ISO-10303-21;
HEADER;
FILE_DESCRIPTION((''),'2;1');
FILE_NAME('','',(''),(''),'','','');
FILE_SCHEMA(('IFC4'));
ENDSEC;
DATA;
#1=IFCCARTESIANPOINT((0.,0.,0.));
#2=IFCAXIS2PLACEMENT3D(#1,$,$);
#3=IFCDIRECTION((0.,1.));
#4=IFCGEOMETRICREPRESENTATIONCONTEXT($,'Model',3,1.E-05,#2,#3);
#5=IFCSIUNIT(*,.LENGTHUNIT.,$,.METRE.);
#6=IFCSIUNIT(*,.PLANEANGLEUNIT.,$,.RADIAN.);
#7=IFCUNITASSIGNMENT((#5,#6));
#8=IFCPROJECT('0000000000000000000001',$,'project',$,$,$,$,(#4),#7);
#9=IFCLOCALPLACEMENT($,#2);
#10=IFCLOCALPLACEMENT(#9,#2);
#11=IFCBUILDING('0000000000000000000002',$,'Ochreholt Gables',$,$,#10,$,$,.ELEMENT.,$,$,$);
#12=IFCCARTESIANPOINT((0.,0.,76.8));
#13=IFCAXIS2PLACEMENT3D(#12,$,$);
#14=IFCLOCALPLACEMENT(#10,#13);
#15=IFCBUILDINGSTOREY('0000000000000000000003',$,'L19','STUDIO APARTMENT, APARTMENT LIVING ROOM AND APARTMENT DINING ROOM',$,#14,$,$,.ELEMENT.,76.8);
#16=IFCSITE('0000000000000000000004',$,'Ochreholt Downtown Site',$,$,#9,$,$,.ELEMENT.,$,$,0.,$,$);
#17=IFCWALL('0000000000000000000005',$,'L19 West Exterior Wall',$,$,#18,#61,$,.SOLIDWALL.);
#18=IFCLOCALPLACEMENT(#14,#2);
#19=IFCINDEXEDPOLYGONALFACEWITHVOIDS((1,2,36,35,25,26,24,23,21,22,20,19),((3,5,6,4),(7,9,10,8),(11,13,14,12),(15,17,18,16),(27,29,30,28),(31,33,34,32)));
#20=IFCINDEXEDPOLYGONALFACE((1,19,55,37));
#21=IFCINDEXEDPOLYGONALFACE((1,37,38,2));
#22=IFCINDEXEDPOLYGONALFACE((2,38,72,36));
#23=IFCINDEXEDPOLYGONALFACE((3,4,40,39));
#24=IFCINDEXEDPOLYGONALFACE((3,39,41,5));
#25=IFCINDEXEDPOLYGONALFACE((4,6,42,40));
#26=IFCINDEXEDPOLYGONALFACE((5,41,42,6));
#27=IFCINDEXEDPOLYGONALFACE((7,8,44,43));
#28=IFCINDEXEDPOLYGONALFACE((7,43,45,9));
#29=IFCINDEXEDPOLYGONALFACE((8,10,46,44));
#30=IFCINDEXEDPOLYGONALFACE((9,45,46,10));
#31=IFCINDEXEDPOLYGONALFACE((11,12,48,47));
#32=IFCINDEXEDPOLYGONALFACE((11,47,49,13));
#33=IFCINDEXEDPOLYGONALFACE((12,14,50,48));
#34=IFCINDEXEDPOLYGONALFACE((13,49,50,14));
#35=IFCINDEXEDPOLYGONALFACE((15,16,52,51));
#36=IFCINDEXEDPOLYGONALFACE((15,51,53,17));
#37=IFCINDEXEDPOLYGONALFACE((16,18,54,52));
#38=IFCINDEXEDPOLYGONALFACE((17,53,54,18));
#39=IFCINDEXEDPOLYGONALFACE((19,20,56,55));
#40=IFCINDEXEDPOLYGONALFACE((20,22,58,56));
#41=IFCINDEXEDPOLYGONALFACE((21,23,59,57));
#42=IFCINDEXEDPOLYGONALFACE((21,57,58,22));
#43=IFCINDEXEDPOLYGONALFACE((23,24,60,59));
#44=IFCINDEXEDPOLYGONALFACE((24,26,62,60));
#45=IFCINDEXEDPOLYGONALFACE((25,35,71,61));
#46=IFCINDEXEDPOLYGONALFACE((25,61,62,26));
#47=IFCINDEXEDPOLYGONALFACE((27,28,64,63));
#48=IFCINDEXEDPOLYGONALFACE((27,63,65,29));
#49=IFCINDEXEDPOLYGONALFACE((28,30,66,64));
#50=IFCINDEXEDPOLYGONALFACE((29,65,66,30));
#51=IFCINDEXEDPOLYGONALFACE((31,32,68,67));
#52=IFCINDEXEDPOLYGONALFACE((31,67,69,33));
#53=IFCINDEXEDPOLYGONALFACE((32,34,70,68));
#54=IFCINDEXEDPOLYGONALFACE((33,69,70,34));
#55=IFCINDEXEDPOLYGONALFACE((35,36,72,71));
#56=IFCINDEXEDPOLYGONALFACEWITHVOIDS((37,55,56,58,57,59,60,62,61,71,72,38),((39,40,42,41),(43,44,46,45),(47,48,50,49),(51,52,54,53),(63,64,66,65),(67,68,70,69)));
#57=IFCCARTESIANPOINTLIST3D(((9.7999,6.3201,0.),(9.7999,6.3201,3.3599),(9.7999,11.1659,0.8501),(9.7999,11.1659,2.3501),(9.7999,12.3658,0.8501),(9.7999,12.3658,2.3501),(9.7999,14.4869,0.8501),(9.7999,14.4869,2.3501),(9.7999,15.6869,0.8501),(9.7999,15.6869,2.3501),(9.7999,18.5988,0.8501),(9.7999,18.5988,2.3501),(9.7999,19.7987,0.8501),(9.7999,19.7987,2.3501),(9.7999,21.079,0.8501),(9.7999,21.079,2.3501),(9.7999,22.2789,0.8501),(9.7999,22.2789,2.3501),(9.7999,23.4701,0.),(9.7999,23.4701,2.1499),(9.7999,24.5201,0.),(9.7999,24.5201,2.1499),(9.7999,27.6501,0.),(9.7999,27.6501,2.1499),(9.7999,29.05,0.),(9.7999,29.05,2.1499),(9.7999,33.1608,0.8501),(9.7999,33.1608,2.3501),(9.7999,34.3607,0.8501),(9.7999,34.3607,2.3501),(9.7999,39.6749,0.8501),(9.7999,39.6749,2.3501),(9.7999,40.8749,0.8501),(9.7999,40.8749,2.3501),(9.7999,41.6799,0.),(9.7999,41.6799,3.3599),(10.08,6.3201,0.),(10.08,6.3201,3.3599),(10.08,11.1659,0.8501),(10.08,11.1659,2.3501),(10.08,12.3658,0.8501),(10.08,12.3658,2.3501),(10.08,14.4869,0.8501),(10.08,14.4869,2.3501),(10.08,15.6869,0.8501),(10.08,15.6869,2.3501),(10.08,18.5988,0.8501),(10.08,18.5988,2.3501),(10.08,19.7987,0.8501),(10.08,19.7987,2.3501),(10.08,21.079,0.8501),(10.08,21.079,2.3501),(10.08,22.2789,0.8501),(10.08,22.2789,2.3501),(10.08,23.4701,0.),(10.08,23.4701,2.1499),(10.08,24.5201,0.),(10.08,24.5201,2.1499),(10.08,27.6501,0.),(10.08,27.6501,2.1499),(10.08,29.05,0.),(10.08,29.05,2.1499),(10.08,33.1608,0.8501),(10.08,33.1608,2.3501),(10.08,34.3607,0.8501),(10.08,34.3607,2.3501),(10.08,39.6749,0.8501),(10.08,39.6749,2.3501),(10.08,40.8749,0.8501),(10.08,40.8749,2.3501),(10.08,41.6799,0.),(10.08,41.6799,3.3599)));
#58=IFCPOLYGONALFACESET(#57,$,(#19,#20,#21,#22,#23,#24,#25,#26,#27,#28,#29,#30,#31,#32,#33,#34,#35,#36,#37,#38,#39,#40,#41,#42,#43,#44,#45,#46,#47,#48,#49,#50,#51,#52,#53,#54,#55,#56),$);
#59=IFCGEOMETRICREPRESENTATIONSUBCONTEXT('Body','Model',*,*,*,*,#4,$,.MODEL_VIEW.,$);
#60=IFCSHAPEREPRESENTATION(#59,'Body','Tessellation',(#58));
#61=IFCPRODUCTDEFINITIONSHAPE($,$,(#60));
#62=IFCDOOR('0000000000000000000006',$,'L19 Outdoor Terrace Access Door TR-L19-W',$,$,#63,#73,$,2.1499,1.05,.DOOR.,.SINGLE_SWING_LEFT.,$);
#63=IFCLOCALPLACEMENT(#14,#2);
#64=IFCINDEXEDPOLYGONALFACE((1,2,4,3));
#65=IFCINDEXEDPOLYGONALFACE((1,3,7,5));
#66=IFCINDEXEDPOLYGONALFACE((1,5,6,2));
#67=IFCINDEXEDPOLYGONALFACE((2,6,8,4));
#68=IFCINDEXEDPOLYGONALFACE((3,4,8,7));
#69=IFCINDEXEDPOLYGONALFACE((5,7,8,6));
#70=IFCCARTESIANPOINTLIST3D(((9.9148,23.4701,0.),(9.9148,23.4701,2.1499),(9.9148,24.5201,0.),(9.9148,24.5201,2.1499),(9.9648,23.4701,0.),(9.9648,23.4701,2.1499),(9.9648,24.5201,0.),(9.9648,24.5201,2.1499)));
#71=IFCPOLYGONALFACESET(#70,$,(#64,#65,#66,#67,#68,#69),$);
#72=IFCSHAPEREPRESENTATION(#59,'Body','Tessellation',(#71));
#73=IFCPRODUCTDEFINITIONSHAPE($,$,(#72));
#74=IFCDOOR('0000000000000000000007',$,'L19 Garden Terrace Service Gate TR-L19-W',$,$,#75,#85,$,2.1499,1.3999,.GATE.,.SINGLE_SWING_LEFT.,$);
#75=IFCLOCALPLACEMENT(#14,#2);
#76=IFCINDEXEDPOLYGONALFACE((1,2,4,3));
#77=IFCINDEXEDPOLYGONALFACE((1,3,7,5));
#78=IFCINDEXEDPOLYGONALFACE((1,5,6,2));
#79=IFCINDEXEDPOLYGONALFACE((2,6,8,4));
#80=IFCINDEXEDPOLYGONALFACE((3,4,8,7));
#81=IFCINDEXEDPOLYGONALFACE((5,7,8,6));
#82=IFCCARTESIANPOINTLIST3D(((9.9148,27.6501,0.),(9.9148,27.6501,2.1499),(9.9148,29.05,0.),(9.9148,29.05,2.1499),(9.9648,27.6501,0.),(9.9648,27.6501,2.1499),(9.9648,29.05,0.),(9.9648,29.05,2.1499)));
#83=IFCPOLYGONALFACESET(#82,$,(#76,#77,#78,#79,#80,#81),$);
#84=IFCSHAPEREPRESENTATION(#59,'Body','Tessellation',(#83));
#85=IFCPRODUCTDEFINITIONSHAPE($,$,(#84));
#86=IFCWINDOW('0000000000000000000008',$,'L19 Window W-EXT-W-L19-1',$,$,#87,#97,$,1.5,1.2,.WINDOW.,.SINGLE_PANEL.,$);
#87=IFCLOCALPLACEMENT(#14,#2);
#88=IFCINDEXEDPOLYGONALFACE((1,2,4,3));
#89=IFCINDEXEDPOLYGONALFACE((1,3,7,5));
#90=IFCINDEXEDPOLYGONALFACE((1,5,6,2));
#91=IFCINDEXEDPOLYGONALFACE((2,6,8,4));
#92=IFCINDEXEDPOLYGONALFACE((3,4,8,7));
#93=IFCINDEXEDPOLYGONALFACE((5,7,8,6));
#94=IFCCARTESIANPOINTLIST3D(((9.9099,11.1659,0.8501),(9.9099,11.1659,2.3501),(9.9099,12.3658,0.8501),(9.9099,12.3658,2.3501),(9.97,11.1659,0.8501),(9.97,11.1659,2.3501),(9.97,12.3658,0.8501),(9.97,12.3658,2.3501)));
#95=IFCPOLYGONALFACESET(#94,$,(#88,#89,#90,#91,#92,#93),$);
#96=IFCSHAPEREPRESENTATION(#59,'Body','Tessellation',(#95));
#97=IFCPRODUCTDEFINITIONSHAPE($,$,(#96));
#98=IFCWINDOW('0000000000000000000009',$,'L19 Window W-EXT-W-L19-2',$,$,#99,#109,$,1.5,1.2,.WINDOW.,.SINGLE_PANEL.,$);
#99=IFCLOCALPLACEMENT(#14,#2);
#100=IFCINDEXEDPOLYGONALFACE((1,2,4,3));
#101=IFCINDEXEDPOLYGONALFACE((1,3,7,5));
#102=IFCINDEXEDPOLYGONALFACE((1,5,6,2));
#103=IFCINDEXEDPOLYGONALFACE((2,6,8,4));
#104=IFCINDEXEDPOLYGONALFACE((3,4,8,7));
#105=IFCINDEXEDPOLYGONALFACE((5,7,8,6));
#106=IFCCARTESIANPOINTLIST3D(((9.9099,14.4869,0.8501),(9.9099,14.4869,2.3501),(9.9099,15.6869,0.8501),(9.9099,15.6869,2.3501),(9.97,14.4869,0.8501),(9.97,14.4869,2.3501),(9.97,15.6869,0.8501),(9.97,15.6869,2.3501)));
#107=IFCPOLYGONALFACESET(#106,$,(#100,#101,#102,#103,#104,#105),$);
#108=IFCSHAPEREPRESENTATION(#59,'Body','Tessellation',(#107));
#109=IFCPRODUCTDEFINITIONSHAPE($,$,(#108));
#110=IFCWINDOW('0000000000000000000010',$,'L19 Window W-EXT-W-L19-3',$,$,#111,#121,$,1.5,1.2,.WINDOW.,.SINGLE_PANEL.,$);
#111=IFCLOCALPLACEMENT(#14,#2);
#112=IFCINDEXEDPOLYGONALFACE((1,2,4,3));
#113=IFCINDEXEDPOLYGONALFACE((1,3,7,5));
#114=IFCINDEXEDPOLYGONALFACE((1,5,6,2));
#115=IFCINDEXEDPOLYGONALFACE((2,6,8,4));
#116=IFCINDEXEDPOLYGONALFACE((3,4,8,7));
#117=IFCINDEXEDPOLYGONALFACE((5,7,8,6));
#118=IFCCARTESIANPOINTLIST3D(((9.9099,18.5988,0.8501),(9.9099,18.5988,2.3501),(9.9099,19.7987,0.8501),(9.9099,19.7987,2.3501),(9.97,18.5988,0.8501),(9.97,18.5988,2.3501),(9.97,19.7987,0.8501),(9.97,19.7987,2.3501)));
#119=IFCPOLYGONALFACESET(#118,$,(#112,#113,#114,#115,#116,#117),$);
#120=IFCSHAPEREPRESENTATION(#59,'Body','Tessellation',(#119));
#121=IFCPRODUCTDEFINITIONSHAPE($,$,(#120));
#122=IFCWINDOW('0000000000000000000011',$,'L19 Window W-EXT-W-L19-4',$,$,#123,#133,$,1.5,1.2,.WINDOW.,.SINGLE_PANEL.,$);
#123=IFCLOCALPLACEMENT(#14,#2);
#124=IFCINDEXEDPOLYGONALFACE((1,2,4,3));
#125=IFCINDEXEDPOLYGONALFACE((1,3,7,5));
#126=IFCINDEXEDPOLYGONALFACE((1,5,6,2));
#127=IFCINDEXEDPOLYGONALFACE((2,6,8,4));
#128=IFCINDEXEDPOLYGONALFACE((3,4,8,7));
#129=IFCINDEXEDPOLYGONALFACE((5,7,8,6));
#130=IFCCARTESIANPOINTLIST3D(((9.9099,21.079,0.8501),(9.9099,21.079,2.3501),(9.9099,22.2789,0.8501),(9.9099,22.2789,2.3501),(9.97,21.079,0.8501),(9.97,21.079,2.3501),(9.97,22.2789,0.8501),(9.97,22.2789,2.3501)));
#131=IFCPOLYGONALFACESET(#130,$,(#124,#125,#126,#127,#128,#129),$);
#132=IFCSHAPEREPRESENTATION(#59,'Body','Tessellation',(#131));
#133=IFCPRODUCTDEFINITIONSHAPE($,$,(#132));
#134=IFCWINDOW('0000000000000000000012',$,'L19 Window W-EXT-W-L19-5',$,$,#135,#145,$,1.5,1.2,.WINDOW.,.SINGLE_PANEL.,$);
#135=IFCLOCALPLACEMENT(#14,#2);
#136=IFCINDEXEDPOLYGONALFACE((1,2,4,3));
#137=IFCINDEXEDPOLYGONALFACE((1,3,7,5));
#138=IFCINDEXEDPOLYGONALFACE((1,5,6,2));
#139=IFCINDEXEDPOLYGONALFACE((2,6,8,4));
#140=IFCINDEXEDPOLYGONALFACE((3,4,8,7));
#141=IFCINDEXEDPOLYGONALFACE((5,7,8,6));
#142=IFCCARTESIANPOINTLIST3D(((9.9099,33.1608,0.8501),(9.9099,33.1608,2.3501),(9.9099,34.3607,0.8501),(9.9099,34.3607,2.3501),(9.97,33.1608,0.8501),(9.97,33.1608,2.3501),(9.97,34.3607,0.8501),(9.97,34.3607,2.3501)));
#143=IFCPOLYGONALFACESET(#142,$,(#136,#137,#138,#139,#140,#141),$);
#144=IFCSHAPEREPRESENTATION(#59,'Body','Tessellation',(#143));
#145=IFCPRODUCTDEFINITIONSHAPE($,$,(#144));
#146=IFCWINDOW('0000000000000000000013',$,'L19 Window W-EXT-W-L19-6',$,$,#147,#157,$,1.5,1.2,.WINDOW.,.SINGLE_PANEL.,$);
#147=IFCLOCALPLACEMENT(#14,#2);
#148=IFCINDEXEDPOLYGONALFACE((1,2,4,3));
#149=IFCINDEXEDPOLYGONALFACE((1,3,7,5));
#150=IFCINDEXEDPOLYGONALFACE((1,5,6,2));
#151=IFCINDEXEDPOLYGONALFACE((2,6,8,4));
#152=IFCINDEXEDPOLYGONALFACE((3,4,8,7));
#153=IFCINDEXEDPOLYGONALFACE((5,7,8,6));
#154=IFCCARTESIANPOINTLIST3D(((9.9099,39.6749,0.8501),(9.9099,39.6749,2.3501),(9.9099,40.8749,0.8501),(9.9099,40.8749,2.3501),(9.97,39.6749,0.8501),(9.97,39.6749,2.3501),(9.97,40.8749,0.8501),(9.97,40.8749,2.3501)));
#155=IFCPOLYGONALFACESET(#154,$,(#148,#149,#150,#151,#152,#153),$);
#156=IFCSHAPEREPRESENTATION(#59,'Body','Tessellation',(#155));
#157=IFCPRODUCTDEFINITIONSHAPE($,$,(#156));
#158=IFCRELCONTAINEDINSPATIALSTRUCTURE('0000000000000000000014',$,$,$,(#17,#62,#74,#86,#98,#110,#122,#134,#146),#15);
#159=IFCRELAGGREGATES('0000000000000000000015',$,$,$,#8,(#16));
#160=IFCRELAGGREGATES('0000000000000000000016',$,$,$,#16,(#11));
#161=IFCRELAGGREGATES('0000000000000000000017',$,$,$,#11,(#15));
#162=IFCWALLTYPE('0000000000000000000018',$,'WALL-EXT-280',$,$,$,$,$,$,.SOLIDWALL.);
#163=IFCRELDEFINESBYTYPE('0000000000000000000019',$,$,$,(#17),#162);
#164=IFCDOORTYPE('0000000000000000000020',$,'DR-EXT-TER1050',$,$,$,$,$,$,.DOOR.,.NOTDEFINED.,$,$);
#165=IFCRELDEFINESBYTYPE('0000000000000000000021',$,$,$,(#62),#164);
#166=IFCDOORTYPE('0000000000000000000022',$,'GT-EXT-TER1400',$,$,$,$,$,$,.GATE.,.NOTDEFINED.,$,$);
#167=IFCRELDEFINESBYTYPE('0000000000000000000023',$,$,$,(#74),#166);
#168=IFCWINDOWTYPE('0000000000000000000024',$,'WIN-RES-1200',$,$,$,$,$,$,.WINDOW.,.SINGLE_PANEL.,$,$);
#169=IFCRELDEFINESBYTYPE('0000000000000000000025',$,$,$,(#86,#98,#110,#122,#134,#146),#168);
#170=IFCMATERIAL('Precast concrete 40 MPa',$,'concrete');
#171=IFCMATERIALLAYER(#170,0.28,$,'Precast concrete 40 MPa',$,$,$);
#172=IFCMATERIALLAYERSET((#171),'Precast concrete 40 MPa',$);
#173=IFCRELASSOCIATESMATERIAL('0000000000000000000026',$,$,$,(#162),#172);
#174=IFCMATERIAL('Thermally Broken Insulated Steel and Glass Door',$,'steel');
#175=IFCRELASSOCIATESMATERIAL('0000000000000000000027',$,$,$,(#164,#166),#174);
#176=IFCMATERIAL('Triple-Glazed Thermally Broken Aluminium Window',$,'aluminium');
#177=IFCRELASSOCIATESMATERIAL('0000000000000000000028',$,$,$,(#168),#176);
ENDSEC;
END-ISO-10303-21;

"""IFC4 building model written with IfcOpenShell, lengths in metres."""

from ifc_helpers import new_model, si_unit, direction, frame, frame_2d, origin, place, context, subcontext, project, spatial, rectangle, extrude, material, layer, layer_set, type_object, element, fill, save


model = new_model("IFC4")

# Units and contexts
model_context = context("Model", 3, precision=1e-05, world=origin(), true_north=direction((0.0, 1.0)))
body_context = subcontext(model_context, "Body", "Model", "MODEL_VIEW")
ifc_project = project(units=[si_unit("LENGTHUNIT", "METRE"), si_unit("PLANEANGLEUNIT", "RADIAN")], contexts=[model_context])

# Site, building, storey
site_placement = place(None, origin())
site = spatial("IfcSite", under=ifc_project, at=site_placement, Name="Ochreholt Downtown Site", CompositionType="ELEMENT", RefElevation=0.0)
building_placement = place(site_placement, origin())
building = spatial("IfcBuilding", under=site, at=building_placement, Name="Ochreholt Gables", CompositionType="ELEMENT")
storey_placement = place(building_placement, frame((0.0, 0.0, 76.8)))
storey = spatial("IfcBuildingStorey", under=building, at=storey_placement, Name="L19", Description="STUDIO APARTMENT, APARTMENT LIVING ROOM AND APARTMENT DINING ROOM", CompositionType="ELEMENT", Elevation=76.8)

# Wall, openings, doors, windows
ifc_material_1 = material(Name="Precast concrete 40 MPa", Category="concrete")
ifc_layer_1 = layer(ifc_material_1, 0.28, Name="Precast concrete 40 MPa")
ifc_layer_set_1 = layer_set([ifc_layer_1], Name="Precast concrete 40 MPa")
wall_type_1 = type_object("IfcWallType", Name="WALL-EXT-280", PredefinedType="SOLIDWALL", material=ifc_layer_set_1)
wall_1_placement = place(storey_placement, frame((9.9399, 41.6799, 0.0), z_axis=(0.0, 0.0, 1.0), x_axis=(0.0, -1.0, 0.0)))
wall_1 = element("IfcWall", 1, at=wall_1_placement, inside=storey, type_object=wall_type_1, Name="L19 West Exterior Wall", PredefinedType="SOLIDWALL", context=body_context, shape_type="SweptSolid", body=[
    extrude(rectangle(XDim=35.3599, YDim=0.28, at=frame_2d((17.6799, 0.0))), origin(), (0.0, 0.0, 1.0), 3.3599),
])
opening_1_placement = place(wall_1_placement, frame((17.1599, 0.0, 0.0)))
opening_1 = element("IfcOpeningElement", 2, at=opening_1_placement, cuts=wall_1, PredefinedType="OPENING", context=body_context, shape_type="SweptSolid", body=[
    extrude(rectangle(XDim=1.05, YDim=2.1499, at=frame_2d((0.5249, 1.075))), frame((0.0, 0.1499, 0.0), z_axis=(0.0, -1.0, 0.0), x_axis=(1.0, 0.0, 0.0)), (0.0, 0.0, 1.0), 0.3),
])
opening_2_placement = place(wall_1_placement, frame((12.6299, 0.0, 0.0)))
opening_2 = element("IfcOpeningElement", 3, at=opening_2_placement, cuts=wall_1, PredefinedType="OPENING", context=body_context, shape_type="SweptSolid", body=[
    extrude(rectangle(XDim=1.3999, YDim=2.1499, at=frame_2d((0.7, 1.075))), frame((0.0, 0.1499, 0.0), z_axis=(0.0, -1.0, 0.0), x_axis=(1.0, 0.0, 0.0)), (0.0, 0.0, 1.0), 0.3),
])
opening_3_placement = place(wall_1_placement, frame((29.314, 0.0, 0.8501)))
opening_3 = element("IfcOpeningElement", 4, at=opening_3_placement, cuts=wall_1, PredefinedType="OPENING", context=body_context, shape_type="SweptSolid", body=[
    extrude(rectangle(XDim=1.2, YDim=1.5, at=frame_2d((0.6001, 0.75))), frame((0.0, 0.1499, 0.0), z_axis=(0.0, -1.0, 0.0), x_axis=(1.0, 0.0, 0.0)), (0.0, 0.0, 1.0), 0.3),
])
opening_4_placement = place(wall_1_placement, frame((25.9929, 0.0, 0.8501)))
opening_4 = element("IfcOpeningElement", 5, at=opening_4_placement, cuts=wall_1, PredefinedType="OPENING", context=body_context, shape_type="SweptSolid", body=[
    extrude(rectangle(XDim=1.2, YDim=1.5, at=frame_2d((0.6001, 0.75))), frame((0.0, 0.1499, 0.0), z_axis=(0.0, -1.0, 0.0), x_axis=(1.0, 0.0, 0.0)), (0.0, 0.0, 1.0), 0.3),
])
opening_5_placement = place(wall_1_placement, frame((21.8811, 0.0, 0.8501)))
opening_5 = element("IfcOpeningElement", 6, at=opening_5_placement, cuts=wall_1, PredefinedType="OPENING", context=body_context, shape_type="SweptSolid", body=[
    extrude(rectangle(XDim=1.2, YDim=1.5, at=frame_2d((0.6001, 0.75))), frame((0.0, 0.1499, 0.0), z_axis=(0.0, -1.0, 0.0), x_axis=(1.0, 0.0, 0.0)), (0.0, 0.0, 1.0), 0.3),
])
opening_6_placement = place(wall_1_placement, frame((19.4009, 0.0, 0.8501)))
opening_6 = element("IfcOpeningElement", 7, at=opening_6_placement, cuts=wall_1, PredefinedType="OPENING", context=body_context, shape_type="SweptSolid", body=[
    extrude(rectangle(XDim=1.2, YDim=1.5, at=frame_2d((0.6001, 0.75))), frame((0.0, 0.1499, 0.0), z_axis=(0.0, -1.0, 0.0), x_axis=(1.0, 0.0, 0.0)), (0.0, 0.0, 1.0), 0.3),
])
opening_7_placement = place(wall_1_placement, frame((7.3191, 0.0, 0.8501)))
opening_7 = element("IfcOpeningElement", 8, at=opening_7_placement, cuts=wall_1, PredefinedType="OPENING", context=body_context, shape_type="SweptSolid", body=[
    extrude(rectangle(XDim=1.2, YDim=1.5, at=frame_2d((0.6001, 0.75))), frame((0.0, 0.1499, 0.0), z_axis=(0.0, -1.0, 0.0), x_axis=(1.0, 0.0, 0.0)), (0.0, 0.0, 1.0), 0.3),
])
opening_8_placement = place(wall_1_placement, frame((0.8049, 0.0, 0.8501)))
opening_8 = element("IfcOpeningElement", 9, at=opening_8_placement, cuts=wall_1, PredefinedType="OPENING", context=body_context, shape_type="SweptSolid", body=[
    extrude(rectangle(XDim=1.2, YDim=1.5, at=frame_2d((0.6001, 0.75))), frame((0.0, 0.1499, 0.0), z_axis=(0.0, -1.0, 0.0), x_axis=(1.0, 0.0, 0.0)), (0.0, 0.0, 1.0), 0.3),
])
ifc_material_2 = material(Name="Thermally Broken Insulated Steel and Glass Door", Category="steel")
door_type_1 = type_object("IfcDoorType", Name="DR-EXT-TER1050", OperationType="NOTDEFINED", PredefinedType="DOOR", material=ifc_material_2)
door_1_placement = place(opening_1_placement, origin())
door_1 = element("IfcDoor", 10, at=door_1_placement, inside=storey, type_object=door_type_1, Name="L19 Outdoor Terrace Access Door TR-L19-W", OperationType="SINGLE_SWING_LEFT", OverallHeight=2.1499, OverallWidth=1.05, PredefinedType="DOOR", context=body_context, shape_type="SweptSolid", body=[
    extrude(rectangle(XDim=1.05, YDim=2.1499, at=frame_2d((0.5249, 1.075))), frame((0.0, 0.0249, 0.0), z_axis=(0.0, -1.0, 0.0), x_axis=(1.0, 0.0, 0.0)), (0.0, 0.0, 1.0), 0.05),
])
fill(opening_1, door_1)
door_type_2 = type_object("IfcDoorType", Name="GT-EXT-TER1400", OperationType="NOTDEFINED", PredefinedType="GATE", material=ifc_material_2)
door_2_placement = place(opening_2_placement, origin())
door_2 = element("IfcDoor", 11, at=door_2_placement, inside=storey, type_object=door_type_2, Name="L19 Garden Terrace Service Gate TR-L19-W", OperationType="SINGLE_SWING_LEFT", OverallHeight=2.1499, OverallWidth=1.3999, PredefinedType="GATE", context=body_context, shape_type="SweptSolid", body=[
    extrude(rectangle(XDim=1.3999, YDim=2.1499, at=frame_2d((0.7, 1.075))), frame((0.0, 0.0249, 0.0), z_axis=(0.0, -1.0, 0.0), x_axis=(1.0, 0.0, 0.0)), (0.0, 0.0, 1.0), 0.05),
])
fill(opening_2, door_2)
ifc_material_3 = material(Name="Triple-Glazed Thermally Broken Aluminium Window", Category="aluminium")
window_type = type_object("IfcWindowType", Name="WIN-RES-1200", PartitioningType="SINGLE_PANEL", PredefinedType="WINDOW", material=ifc_material_3)
window_1_placement = place(opening_3_placement, origin())
window_1 = element("IfcWindow", 12, at=window_1_placement, inside=storey, type_object=window_type, Name="L19 Window W-EXT-W-L19-1", OverallHeight=1.5, OverallWidth=1.2, PartitioningType="SINGLE_PANEL", PredefinedType="WINDOW", context=body_context, shape_type="SweptSolid", body=[
    extrude(rectangle(XDim=1.2, YDim=1.5, at=frame_2d((0.6001, 0.75))), frame((0.0, 0.03, 0.0), z_axis=(0.0, -1.0, 0.0), x_axis=(1.0, 0.0, 0.0)), (0.0, 0.0, 1.0), 0.0601),
])
fill(opening_3, window_1)
window_2_placement = place(opening_4_placement, origin())
window_2 = element("IfcWindow", 13, at=window_2_placement, inside=storey, type_object=window_type, Name="L19 Window W-EXT-W-L19-2", OverallHeight=1.5, OverallWidth=1.2, PartitioningType="SINGLE_PANEL", PredefinedType="WINDOW", context=body_context, shape_type="SweptSolid", body=[
    extrude(rectangle(XDim=1.2, YDim=1.5, at=frame_2d((0.6001, 0.75))), frame((0.0, 0.03, 0.0), z_axis=(0.0, -1.0, 0.0), x_axis=(1.0, 0.0, 0.0)), (0.0, 0.0, 1.0), 0.0601),
])
fill(opening_4, window_2)
window_3_placement = place(opening_5_placement, origin())
window_3 = element("IfcWindow", 14, at=window_3_placement, inside=storey, type_object=window_type, Name="L19 Window W-EXT-W-L19-3", OverallHeight=1.5, OverallWidth=1.2, PartitioningType="SINGLE_PANEL", PredefinedType="WINDOW", context=body_context, shape_type="SweptSolid", body=[
    extrude(rectangle(XDim=1.2, YDim=1.5, at=frame_2d((0.6001, 0.75))), frame((0.0, 0.03, 0.0), z_axis=(0.0, -1.0, 0.0), x_axis=(1.0, 0.0, 0.0)), (0.0, 0.0, 1.0), 0.0601),
])
fill(opening_5, window_3)
window_4_placement = place(opening_6_placement, origin())
window_4 = element("IfcWindow", 15, at=window_4_placement, inside=storey, type_object=window_type, Name="L19 Window W-EXT-W-L19-4", OverallHeight=1.5, OverallWidth=1.2, PartitioningType="SINGLE_PANEL", PredefinedType="WINDOW", context=body_context, shape_type="SweptSolid", body=[
    extrude(rectangle(XDim=1.2, YDim=1.5, at=frame_2d((0.6001, 0.75))), frame((0.0, 0.03, 0.0), z_axis=(0.0, -1.0, 0.0), x_axis=(1.0, 0.0, 0.0)), (0.0, 0.0, 1.0), 0.0601),
])
fill(opening_6, window_4)
window_5_placement = place(opening_7_placement, origin())
window_5 = element("IfcWindow", 16, at=window_5_placement, inside=storey, type_object=window_type, Name="L19 Window W-EXT-W-L19-5", OverallHeight=1.5, OverallWidth=1.2, PartitioningType="SINGLE_PANEL", PredefinedType="WINDOW", context=body_context, shape_type="SweptSolid", body=[
    extrude(rectangle(XDim=1.2, YDim=1.5, at=frame_2d((0.6001, 0.75))), frame((0.0, 0.03, 0.0), z_axis=(0.0, -1.0, 0.0), x_axis=(1.0, 0.0, 0.0)), (0.0, 0.0, 1.0), 0.0601),
])
fill(opening_7, window_5)
window_6_placement = place(opening_8_placement, origin())
window_6 = element("IfcWindow", 17, at=window_6_placement, inside=storey, type_object=window_type, Name="L19 Window W-EXT-W-L19-6", OverallHeight=1.5, OverallWidth=1.2, PartitioningType="SINGLE_PANEL", PredefinedType="WINDOW", context=body_context, shape_type="SweptSolid", body=[
    extrude(rectangle(XDim=1.2, YDim=1.5, at=frame_2d((0.6001, 0.75))), frame((0.0, 0.03, 0.0), z_axis=(0.0, -1.0, 0.0), x_axis=(1.0, 0.0, 0.0)), (0.0, 0.0, 1.0), 0.0601),
])
fill(opening_8, window_6)

save(model, "model.ifc")
